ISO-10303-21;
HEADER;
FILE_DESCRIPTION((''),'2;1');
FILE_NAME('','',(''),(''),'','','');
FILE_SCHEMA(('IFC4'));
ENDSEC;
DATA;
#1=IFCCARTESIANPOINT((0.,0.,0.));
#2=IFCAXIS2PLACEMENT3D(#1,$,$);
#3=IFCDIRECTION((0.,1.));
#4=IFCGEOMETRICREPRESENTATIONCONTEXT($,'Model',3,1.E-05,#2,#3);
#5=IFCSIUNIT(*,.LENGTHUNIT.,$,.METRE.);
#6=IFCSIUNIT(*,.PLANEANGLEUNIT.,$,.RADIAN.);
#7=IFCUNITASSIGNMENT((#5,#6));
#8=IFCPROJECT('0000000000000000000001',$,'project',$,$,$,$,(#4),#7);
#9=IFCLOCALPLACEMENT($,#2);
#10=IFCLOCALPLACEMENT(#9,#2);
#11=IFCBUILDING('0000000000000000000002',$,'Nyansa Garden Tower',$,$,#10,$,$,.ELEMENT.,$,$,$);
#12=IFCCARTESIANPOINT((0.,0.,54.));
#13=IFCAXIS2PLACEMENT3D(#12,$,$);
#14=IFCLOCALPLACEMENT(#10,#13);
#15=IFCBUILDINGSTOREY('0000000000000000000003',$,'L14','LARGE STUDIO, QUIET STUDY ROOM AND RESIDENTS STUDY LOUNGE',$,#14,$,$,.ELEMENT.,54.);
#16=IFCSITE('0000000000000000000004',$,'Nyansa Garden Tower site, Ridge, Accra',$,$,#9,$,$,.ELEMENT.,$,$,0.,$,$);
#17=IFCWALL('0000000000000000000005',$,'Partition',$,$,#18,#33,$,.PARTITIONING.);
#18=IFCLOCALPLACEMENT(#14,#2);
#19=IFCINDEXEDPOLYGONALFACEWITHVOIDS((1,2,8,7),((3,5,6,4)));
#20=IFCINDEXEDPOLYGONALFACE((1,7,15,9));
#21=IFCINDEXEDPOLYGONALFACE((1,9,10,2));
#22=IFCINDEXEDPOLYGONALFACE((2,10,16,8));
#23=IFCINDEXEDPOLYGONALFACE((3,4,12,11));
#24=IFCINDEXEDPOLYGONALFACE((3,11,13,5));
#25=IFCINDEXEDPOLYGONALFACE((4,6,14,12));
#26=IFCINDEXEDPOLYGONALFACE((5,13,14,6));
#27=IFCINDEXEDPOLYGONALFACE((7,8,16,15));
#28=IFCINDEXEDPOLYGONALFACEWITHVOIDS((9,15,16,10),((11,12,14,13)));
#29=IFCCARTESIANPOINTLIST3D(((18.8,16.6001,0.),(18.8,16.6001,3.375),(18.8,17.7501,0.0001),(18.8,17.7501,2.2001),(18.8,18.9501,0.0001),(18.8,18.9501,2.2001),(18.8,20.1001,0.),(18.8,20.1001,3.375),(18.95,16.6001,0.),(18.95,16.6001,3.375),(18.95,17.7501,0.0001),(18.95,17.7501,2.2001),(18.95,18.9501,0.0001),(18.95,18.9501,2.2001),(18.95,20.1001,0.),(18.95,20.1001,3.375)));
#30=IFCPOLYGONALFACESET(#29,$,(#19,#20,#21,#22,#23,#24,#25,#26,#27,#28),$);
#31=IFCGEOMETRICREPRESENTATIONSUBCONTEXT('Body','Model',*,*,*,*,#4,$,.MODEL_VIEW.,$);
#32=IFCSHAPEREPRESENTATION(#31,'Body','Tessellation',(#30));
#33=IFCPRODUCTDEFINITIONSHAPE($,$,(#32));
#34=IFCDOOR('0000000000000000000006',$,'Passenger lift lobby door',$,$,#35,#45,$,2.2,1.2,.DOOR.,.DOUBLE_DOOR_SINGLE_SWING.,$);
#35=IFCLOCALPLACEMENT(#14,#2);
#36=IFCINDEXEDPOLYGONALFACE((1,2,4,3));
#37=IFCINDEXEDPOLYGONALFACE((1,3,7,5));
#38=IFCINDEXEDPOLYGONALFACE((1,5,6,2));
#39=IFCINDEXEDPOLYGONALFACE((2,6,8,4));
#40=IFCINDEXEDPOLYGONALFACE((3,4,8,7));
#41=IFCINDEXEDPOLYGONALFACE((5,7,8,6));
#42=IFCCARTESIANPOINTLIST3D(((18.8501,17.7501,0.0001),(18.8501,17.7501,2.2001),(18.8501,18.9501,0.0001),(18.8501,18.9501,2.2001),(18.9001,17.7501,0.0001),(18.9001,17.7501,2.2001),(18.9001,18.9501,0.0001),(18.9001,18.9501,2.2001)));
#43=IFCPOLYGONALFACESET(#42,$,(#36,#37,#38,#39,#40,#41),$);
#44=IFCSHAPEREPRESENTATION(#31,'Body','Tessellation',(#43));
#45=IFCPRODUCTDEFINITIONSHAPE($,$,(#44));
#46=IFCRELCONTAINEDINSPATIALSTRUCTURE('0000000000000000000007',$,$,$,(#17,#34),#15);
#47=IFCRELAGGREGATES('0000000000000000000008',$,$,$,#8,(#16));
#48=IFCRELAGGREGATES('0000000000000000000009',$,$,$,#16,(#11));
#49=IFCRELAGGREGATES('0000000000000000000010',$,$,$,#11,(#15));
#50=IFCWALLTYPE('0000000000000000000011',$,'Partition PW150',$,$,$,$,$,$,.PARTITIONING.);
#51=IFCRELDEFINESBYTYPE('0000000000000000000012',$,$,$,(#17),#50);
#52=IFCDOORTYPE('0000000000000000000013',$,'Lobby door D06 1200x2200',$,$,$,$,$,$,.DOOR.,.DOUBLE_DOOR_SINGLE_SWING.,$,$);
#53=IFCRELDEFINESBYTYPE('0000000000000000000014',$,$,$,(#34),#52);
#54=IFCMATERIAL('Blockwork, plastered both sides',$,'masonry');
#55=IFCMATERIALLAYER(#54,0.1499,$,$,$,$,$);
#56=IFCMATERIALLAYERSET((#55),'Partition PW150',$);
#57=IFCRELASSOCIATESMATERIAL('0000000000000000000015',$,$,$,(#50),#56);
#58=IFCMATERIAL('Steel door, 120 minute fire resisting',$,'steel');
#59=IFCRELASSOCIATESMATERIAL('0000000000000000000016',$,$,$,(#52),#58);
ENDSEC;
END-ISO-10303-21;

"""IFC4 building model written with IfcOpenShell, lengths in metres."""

from ifc_helpers import new_model, si_unit, direction, frame, frame_2d, origin, place, context, subcontext, project, spatial, rectangle, extrude, material, layer, layer_set, type_object, element, fill, save


model = new_model("IFC4")

# Units and contexts
model_context = context("Model", 3, precision=1e-05, world=origin(), true_north=direction((0.0, 1.0)))
body_context = subcontext(model_context, "Body", "Model", "MODEL_VIEW")
ifc_project = project(units=[si_unit("LENGTHUNIT", "METRE"), si_unit("PLANEANGLEUNIT", "RADIAN")], contexts=[model_context])

# Site, building, storey
site_placement = place(None, origin())
site = spatial("IfcSite", under=ifc_project, at=site_placement, Name="Nyansa Garden Tower site, Ridge, Accra", CompositionType="ELEMENT", RefElevation=0.0)
building_placement = place(site_placement, origin())
building = spatial("IfcBuilding", under=site, at=building_placement, Name="Nyansa Garden Tower", CompositionType="ELEMENT")
storey_placement = place(building_placement, frame((0.0, 0.0, 54.0)))
storey = spatial("IfcBuildingStorey", under=building, at=storey_placement, Name="L14", Description="LARGE STUDIO, QUIET STUDY ROOM AND RESIDENTS STUDY LOUNGE", CompositionType="ELEMENT", Elevation=54.0)

# Wall, opening, door
ifc_material_1 = material(Name="Blockwork, plastered both sides", Category="masonry")
ifc_layer_1 = layer(ifc_material_1, 0.1499)
ifc_layer_set_1 = layer_set([ifc_layer_1], Name="Partition PW150")
wall_type_1 = type_object("IfcWallType", Name="Partition PW150", PredefinedType="PARTITIONING", material=ifc_layer_set_1)
wall_1_placement = place(storey_placement, frame((18.875, 16.6001, 0.0), z_axis=(0.0, 0.0, 1.0), x_axis=(0.0, 1.0, 0.0)))
wall_1 = element("IfcWall", 1, at=wall_1_placement, inside=storey, type_object=wall_type_1, Name="Partition", PredefinedType="PARTITIONING", context=body_context, shape_type="SweptSolid", body=[
    extrude(rectangle(XDim=3.5, YDim=0.1499, at=frame_2d((1.75, 0.0))), origin(), (0.0, 0.0, 1.0), 3.375),
])
opening_1_placement = place(wall_1_placement, frame((1.1499, 0.0, 0.0)))
opening_1 = element("IfcOpeningElement", 2, at=opening_1_placement, cuts=wall_1, PredefinedType="OPENING", context=body_context, shape_type="SweptSolid", body=[
    extrude(rectangle(XDim=1.2, YDim=2.2, at=frame_2d((0.6001, 1.1001))), frame((0.0, 0.085, 0.0), z_axis=(0.0, -1.0, 0.0), x_axis=(1.0, 0.0, 0.0)), (0.0, 0.0, 1.0), 0.1699),
])
ifc_material_2 = material(Name="Steel door, 120 minute fire resisting", Category="steel")
door_type_1 = type_object("IfcDoorType", Name="Lobby door D06 1200x2200", OperationType="DOUBLE_DOOR_SINGLE_SWING", PredefinedType="DOOR", material=ifc_material_2)
door_1_placement = place(opening_1_placement, origin())
door_1 = element("IfcDoor", 3, at=door_1_placement, inside=storey, type_object=door_type_1, Name="Passenger lift lobby door", OperationType="DOUBLE_DOOR_SINGLE_SWING", OverallHeight=2.2, OverallWidth=1.2, PredefinedType="DOOR", context=body_context, shape_type="SweptSolid", body=[
    extrude(rectangle(XDim=1.2, YDim=2.2, at=frame_2d((0.6001, 1.1001))), frame((0.0, 0.0249, 0.0), z_axis=(0.0, -1.0, 0.0), x_axis=(1.0, 0.0, 0.0)), (0.0, 0.0, 1.0), 0.05),
])
fill(opening_1, door_1)

save(model, "model.ifc")
